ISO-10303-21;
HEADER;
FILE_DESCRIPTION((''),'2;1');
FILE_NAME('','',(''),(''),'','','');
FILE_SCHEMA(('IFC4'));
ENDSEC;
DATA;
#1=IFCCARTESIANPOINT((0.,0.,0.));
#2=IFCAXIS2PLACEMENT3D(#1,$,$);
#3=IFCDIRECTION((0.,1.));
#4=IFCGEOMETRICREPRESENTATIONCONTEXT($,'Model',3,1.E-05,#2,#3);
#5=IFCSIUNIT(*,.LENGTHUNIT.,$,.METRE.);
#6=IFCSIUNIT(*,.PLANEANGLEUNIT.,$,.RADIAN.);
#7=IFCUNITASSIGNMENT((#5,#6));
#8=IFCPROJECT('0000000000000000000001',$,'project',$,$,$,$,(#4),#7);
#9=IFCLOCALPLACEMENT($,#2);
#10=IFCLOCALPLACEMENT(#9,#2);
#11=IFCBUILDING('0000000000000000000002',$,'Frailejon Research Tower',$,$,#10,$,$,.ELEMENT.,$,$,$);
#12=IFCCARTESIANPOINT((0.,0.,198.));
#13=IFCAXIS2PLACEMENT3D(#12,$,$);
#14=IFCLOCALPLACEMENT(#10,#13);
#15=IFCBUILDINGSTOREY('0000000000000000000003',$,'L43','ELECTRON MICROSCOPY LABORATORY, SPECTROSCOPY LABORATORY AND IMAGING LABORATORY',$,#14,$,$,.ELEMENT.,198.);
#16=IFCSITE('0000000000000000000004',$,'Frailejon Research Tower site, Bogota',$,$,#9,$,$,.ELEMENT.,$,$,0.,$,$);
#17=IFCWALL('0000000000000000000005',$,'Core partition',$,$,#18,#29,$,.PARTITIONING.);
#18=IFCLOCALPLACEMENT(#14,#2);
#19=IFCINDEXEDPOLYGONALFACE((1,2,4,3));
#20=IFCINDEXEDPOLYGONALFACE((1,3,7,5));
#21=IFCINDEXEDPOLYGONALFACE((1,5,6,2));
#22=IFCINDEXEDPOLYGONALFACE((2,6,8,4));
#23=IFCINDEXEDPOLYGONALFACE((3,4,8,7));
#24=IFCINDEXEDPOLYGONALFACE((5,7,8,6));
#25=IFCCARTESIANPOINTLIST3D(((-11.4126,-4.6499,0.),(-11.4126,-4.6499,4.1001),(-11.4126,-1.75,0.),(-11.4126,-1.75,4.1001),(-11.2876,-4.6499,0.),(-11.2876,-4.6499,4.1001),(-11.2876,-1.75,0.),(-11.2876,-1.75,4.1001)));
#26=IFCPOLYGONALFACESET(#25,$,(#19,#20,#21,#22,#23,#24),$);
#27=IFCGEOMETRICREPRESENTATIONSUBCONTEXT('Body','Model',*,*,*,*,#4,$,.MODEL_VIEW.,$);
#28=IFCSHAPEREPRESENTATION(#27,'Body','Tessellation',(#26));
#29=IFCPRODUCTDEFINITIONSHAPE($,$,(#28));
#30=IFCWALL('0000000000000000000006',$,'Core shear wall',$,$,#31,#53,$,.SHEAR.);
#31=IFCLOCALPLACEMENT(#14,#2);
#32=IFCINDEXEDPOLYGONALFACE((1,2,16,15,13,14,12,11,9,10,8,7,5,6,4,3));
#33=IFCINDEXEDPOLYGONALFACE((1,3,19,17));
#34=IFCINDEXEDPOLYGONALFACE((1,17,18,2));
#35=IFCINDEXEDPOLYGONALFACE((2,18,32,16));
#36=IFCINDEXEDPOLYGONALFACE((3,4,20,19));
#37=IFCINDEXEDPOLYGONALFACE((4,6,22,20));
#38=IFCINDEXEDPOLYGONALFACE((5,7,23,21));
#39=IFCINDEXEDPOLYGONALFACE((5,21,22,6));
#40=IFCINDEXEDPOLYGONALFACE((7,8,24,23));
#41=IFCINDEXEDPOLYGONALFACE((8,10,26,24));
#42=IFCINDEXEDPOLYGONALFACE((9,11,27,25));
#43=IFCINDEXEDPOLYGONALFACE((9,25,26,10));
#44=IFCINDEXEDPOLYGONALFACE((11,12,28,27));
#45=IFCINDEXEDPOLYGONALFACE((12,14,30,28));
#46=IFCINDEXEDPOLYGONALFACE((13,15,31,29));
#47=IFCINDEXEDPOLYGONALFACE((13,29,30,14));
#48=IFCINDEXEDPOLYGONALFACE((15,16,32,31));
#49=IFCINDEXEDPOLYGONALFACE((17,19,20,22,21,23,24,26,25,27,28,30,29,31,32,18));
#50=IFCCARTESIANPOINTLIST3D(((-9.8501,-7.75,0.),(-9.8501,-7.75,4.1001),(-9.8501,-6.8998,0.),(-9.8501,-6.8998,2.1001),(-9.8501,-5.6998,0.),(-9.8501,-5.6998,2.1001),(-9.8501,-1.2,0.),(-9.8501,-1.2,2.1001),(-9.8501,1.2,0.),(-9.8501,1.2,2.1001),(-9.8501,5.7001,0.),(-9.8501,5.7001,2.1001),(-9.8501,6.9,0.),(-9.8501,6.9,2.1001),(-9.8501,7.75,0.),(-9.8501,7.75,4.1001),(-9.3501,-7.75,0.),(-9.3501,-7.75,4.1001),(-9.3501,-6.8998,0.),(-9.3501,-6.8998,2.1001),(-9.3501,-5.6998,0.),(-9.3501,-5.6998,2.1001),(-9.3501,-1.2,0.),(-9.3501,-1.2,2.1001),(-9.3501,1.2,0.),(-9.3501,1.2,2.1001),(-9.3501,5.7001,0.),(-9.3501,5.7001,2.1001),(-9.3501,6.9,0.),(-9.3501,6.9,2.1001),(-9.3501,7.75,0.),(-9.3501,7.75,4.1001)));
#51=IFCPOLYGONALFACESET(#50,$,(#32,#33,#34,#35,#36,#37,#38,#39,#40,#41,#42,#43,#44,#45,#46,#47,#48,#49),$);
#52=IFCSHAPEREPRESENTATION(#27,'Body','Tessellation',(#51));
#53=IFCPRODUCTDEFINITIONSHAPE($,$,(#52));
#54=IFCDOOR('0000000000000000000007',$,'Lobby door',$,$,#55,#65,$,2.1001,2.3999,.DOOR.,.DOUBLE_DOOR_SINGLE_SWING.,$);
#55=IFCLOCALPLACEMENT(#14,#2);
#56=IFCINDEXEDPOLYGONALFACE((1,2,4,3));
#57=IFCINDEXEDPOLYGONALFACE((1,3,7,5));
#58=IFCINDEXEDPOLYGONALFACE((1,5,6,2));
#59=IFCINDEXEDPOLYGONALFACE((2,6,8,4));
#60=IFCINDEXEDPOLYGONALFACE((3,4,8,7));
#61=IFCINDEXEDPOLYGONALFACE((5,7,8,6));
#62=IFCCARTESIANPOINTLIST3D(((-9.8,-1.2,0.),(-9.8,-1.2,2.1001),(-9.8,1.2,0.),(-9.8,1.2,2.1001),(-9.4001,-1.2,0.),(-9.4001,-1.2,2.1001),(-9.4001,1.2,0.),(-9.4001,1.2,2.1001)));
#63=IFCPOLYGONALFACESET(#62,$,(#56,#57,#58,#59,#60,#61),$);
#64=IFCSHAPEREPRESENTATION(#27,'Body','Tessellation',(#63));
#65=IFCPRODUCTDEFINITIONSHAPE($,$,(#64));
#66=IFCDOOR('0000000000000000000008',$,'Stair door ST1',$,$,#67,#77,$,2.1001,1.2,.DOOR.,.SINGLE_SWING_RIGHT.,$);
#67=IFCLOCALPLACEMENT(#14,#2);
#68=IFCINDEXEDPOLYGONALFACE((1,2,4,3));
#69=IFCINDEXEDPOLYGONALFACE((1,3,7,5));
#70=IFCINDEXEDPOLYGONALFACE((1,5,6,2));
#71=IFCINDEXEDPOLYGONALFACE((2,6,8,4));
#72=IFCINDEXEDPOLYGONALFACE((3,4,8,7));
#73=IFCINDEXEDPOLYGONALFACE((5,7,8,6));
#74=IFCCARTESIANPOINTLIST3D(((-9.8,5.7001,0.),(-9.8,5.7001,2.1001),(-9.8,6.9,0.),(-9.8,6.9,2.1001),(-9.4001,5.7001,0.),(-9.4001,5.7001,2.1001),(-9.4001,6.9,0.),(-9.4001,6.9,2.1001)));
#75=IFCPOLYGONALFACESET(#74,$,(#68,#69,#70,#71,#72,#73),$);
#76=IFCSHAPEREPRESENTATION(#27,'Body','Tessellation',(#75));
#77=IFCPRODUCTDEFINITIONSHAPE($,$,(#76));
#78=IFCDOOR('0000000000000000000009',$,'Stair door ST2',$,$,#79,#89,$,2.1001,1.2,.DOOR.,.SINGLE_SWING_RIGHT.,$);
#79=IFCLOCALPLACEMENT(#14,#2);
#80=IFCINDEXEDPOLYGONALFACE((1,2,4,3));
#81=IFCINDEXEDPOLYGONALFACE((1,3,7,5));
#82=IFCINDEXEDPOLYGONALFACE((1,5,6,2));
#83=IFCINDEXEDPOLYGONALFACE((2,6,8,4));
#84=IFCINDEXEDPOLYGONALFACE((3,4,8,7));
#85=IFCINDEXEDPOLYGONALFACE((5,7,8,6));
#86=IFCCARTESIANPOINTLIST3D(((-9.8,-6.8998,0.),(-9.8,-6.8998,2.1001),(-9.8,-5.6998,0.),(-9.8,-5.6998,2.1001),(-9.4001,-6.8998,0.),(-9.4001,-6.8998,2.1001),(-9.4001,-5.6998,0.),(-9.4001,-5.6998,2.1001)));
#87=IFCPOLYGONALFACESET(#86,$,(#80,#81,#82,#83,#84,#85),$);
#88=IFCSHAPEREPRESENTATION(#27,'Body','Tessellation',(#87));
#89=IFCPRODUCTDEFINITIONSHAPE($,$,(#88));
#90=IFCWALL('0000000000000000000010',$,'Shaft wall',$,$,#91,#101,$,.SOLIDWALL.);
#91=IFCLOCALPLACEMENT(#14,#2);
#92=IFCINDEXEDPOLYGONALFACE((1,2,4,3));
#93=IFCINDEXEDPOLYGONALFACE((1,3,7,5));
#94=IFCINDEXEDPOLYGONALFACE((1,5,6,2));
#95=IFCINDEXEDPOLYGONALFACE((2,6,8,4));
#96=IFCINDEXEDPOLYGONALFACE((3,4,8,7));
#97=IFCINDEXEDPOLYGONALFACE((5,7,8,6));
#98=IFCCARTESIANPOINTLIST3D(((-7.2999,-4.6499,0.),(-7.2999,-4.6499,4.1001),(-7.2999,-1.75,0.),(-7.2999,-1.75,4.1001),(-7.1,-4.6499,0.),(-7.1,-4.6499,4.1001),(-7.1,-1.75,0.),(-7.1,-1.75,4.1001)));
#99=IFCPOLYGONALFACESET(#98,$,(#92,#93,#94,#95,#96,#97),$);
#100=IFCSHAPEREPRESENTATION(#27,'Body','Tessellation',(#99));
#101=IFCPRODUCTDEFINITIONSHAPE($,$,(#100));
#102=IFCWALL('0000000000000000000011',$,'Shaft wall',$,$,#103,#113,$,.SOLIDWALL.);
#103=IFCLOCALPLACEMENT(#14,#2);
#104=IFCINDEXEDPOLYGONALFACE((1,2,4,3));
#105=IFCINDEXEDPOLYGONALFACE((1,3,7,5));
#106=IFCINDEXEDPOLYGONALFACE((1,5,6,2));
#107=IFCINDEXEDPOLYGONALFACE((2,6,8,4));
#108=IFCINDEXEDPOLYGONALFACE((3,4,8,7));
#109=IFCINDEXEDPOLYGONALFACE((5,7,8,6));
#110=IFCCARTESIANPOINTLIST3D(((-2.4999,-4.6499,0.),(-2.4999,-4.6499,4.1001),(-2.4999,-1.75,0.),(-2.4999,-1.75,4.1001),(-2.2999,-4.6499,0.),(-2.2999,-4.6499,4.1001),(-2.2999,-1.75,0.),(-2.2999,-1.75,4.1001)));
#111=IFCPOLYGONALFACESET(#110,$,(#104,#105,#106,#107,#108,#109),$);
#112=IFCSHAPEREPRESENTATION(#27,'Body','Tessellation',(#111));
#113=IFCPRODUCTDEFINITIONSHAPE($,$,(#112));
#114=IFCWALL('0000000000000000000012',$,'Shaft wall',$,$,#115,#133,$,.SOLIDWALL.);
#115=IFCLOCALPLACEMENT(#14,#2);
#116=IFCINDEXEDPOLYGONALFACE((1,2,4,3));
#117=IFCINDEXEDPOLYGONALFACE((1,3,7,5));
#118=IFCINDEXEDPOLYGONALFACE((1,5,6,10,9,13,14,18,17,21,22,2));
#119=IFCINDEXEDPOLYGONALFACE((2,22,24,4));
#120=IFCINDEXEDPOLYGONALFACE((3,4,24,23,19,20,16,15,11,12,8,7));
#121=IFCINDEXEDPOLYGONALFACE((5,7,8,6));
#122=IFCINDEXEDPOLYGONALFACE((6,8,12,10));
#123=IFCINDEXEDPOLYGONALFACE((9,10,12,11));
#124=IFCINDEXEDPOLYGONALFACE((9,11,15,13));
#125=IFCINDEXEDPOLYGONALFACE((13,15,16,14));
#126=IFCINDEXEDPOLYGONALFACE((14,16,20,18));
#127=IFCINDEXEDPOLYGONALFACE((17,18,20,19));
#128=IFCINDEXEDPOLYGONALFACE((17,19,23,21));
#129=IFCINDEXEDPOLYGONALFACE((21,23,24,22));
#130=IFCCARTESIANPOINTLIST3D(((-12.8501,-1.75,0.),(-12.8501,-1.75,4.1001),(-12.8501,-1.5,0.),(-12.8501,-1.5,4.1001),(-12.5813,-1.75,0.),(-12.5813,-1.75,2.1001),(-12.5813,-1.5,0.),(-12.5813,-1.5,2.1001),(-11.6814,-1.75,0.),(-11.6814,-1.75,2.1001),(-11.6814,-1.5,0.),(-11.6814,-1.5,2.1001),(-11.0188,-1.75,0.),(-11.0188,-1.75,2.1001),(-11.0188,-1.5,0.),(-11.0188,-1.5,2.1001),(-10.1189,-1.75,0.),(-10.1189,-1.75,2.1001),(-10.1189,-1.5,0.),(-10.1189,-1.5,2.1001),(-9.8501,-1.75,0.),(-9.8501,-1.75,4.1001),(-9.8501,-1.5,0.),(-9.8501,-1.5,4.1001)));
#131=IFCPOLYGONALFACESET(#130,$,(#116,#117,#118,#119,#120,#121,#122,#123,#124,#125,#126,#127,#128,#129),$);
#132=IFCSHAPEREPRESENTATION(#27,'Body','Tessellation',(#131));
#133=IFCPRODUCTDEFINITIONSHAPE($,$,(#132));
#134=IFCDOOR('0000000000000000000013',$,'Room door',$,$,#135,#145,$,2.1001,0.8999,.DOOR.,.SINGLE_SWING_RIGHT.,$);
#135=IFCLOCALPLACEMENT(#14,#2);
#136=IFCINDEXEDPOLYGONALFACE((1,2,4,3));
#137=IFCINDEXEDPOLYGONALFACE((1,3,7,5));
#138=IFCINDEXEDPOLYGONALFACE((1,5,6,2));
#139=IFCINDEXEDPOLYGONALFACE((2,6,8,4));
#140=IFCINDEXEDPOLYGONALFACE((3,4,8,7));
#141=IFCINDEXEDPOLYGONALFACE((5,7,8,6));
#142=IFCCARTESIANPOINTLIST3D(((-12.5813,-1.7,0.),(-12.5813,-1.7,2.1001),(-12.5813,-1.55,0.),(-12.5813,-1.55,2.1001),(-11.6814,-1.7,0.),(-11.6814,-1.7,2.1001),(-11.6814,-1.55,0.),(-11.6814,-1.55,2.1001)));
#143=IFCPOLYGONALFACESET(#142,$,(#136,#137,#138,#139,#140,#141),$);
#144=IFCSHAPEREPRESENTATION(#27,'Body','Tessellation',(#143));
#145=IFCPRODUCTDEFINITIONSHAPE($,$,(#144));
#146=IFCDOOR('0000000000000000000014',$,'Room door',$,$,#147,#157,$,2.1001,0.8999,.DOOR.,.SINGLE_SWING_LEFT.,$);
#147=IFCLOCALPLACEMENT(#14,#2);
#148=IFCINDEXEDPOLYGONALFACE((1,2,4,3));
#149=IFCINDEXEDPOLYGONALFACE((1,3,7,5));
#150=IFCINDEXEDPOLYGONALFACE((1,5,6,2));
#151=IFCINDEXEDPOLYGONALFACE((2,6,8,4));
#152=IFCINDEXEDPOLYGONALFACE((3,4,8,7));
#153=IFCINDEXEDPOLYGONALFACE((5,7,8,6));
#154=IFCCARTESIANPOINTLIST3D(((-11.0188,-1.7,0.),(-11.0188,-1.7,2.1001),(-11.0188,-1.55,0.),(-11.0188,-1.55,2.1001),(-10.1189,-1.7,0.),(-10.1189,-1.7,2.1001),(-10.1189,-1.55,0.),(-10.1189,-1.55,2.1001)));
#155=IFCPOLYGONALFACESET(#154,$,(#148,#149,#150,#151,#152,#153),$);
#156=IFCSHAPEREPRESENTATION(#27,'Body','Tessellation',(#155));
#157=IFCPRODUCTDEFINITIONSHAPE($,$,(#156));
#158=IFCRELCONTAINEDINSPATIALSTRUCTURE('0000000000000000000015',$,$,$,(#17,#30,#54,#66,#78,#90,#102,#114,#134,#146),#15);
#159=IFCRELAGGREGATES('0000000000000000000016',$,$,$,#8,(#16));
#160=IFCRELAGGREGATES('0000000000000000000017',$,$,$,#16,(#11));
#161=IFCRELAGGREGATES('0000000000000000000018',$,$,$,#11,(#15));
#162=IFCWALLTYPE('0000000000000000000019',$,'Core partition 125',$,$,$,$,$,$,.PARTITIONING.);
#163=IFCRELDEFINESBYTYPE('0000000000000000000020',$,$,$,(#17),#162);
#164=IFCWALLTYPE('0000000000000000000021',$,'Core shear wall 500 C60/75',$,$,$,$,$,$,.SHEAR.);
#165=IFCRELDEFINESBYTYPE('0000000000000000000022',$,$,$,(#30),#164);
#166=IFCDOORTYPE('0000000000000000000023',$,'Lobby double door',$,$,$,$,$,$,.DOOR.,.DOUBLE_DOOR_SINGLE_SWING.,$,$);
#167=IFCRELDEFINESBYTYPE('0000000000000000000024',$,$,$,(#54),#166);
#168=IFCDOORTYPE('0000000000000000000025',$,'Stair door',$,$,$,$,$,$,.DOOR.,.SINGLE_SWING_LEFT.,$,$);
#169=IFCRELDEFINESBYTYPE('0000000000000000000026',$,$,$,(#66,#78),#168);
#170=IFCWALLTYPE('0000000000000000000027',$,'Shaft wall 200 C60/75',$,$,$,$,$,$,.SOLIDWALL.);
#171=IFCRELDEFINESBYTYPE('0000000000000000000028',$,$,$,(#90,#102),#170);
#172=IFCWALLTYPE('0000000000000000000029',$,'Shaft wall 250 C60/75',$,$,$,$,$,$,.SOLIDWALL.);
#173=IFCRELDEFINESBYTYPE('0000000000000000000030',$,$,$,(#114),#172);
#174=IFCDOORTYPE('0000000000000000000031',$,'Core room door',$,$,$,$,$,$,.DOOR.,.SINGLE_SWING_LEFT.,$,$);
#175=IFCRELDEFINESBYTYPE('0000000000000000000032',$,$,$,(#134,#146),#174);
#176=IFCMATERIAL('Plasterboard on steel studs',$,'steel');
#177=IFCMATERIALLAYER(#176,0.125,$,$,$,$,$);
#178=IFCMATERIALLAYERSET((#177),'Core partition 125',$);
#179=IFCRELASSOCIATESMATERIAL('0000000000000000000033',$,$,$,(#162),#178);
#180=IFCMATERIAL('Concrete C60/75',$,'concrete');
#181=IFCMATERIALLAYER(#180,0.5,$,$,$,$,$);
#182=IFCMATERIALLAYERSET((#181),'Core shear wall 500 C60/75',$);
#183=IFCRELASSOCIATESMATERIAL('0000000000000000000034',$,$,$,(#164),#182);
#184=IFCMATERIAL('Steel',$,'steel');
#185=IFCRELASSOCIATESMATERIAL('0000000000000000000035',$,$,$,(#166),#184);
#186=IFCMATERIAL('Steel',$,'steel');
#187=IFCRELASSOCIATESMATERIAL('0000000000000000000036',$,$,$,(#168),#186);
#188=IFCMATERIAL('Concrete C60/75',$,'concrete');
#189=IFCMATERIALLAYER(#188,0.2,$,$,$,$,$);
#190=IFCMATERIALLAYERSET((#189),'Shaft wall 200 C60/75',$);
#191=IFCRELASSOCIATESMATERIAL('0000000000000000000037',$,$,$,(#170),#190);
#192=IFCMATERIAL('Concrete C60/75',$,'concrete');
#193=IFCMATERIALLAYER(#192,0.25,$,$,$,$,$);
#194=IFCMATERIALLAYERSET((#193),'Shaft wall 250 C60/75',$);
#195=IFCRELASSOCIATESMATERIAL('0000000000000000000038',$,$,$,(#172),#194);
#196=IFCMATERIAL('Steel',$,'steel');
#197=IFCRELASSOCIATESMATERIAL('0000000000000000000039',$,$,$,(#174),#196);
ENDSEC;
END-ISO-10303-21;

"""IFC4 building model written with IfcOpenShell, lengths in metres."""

from ifc_helpers import new_model, si_unit, direction, frame, frame_2d, origin, place, context, subcontext, project, spatial, rectangle, extrude, material, layer, layer_set, type_object, element, fill, save


model = new_model("IFC4")

# Units and contexts
model_context = context("Model", 3, precision=1e-05, world=origin(), true_north=direction((0.0, 1.0)))
body_context = subcontext(model_context, "Body", "Model", "MODEL_VIEW")
ifc_project = project(units=[si_unit("LENGTHUNIT", "METRE"), si_unit("PLANEANGLEUNIT", "RADIAN")], contexts=[model_context])

# Site, building, storey
site_placement = place(None, origin())
site = spatial("IfcSite", under=ifc_project, at=site_placement, Name="Frailejon Research Tower site, Bogota", CompositionType="ELEMENT", RefElevation=0.0)
building_placement = place(site_placement, origin())
building = spatial("IfcBuilding", under=site, at=building_placement, Name="Frailejon Research Tower", CompositionType="ELEMENT")
storey_placement = place(building_placement, frame((0.0, 0.0, 198.0)))
storey = spatial("IfcBuildingStorey", under=building, at=storey_placement, Name="L43", Description="ELECTRON MICROSCOPY LABORATORY, SPECTROSCOPY LABORATORY AND IMAGING LABORATORY", CompositionType="ELEMENT", Elevation=198.0)

# Wall
ifc_material_1 = material(Name="Plasterboard on steel studs", Category="steel")
ifc_layer_1 = layer(ifc_material_1, 0.125)
ifc_layer_set_1 = layer_set([ifc_layer_1], Name="Core partition 125")
wall_type_1 = type_object("IfcWallType", Name="Core partition 125", PredefinedType="PARTITIONING", material=ifc_layer_set_1)
wall_1_placement = place(storey_placement, frame((-11.3501, -4.6499, 0.0), z_axis=(0.0, 0.0, 1.0), x_axis=(0.0, 1.0, 0.0)))
element("IfcWall", 1, at=wall_1_placement, inside=storey, type_object=wall_type_1, Name="Core partition", PredefinedType="PARTITIONING", context=body_context, shape_type="SweptSolid", body=[
    extrude(rectangle(XDim=2.8999, YDim=0.125, at=frame_2d((1.45, 0.0))), origin(), (0.0, 0.0, 1.0), 4.1001),
])

# Wall, openings, doors
ifc_material_2 = material(Name="Concrete C60/75", Category="concrete")
ifc_layer_2 = layer(ifc_material_2, 0.5)
ifc_layer_set_2 = layer_set([ifc_layer_2], Name="Core shear wall 500 C60/75")
wall_type_2 = type_object("IfcWallType", Name="Core shear wall 500 C60/75", PredefinedType="SHEAR", material=ifc_layer_set_2)
wall_2_placement = place(storey_placement, frame((-9.6001, -7.75, 0.0), z_axis=(0.0, 0.0, 1.0), x_axis=(0.0, 1.0, 0.0)))
wall_2 = element("IfcWall", 2, at=wall_2_placement, inside=storey, type_object=wall_type_2, Name="Core shear wall", PredefinedType="SHEAR", context=body_context, shape_type="SweptSolid", body=[
    extrude(rectangle(XDim=15.5, YDim=0.5, at=frame_2d((7.75, 0.0))), origin(), (0.0, 0.0, 1.0), 4.1001),
])
opening_1_placement = place(wall_2_placement, frame((6.55, 0.0, 0.0)))
opening_1 = element("IfcOpeningElement", 3, at=opening_1_placement, cuts=wall_2, PredefinedType="OPENING", context=body_context, shape_type="SweptSolid", body=[
    extrude(rectangle(XDim=2.3999, YDim=2.1001, at=frame_2d((1.2, 1.05))), frame((0.0, 0.26, 0.0), z_axis=(0.0, -1.0, 0.0), x_axis=(1.0, 0.0, 0.0)), (0.0, 0.0, 1.0), 0.52),
])
opening_2_placement = place(wall_2_placement, frame((13.45, 0.0, 0.0)))
opening_2 = element("IfcOpeningElement", 4, at=opening_2_placement, cuts=wall_2, PredefinedType="OPENING", context=body_context, shape_type="SweptSolid", body=[
    extrude(rectangle(XDim=1.2, YDim=2.1001, at=frame_2d((0.6001, 1.05))), frame((0.0, 0.26, 0.0), z_axis=(0.0, -1.0, 0.0), x_axis=(1.0, 0.0, 0.0)), (0.0, 0.0, 1.0), 0.52),
])
opening_3_placement = place(wall_2_placement, frame((0.8501, 0.0, 0.0)))
opening_3 = element("IfcOpeningElement", 5, at=opening_3_placement, cuts=wall_2, PredefinedType="OPENING", context=body_context, shape_type="SweptSolid", body=[
    extrude(rectangle(XDim=1.2, YDim=2.1001, at=frame_2d((0.6001, 1.05))), frame((0.0, 0.26, 0.0), z_axis=(0.0, -1.0, 0.0), x_axis=(1.0, 0.0, 0.0)), (0.0, 0.0, 1.0), 0.52),
])
ifc_material_3 = material(Name="Steel", Category="steel")
door_type_1 = type_object("IfcDoorType", Name="Lobby double door", OperationType="DOUBLE_DOOR_SINGLE_SWING", PredefinedType="DOOR", material=ifc_material_3)
door_1_placement = place(opening_1_placement, origin())
door_1 = element("IfcDoor", 6, at=door_1_placement, inside=storey, type_object=door_type_1, Name="Lobby door", OperationType="DOUBLE_DOOR_SINGLE_SWING", OverallHeight=2.1001, OverallWidth=2.3999, PredefinedType="DOOR", context=body_context, shape_type="SweptSolid", body=[
    extrude(rectangle(XDim=2.3999, YDim=2.1001, at=frame_2d((1.2, 1.05))), frame((0.0, 0.2, 0.0), z_axis=(0.0, -1.0, 0.0), x_axis=(1.0, 0.0, 0.0)), (0.0, 0.0, 1.0), 0.3999),
])
fill(opening_1, door_1)
ifc_material_4 = material(Name="Steel", Category="steel")
door_type_2 = type_object("IfcDoorType", Name="Stair door", OperationType="SINGLE_SWING_LEFT", PredefinedType="DOOR", material=ifc_material_4)
door_2_placement = place(opening_2_placement, origin())
door_2 = element("IfcDoor", 7, at=door_2_placement, inside=storey, type_object=door_type_2, Name="Stair door ST1", OperationType="SINGLE_SWING_RIGHT", OverallHeight=2.1001, OverallWidth=1.2, PredefinedType="DOOR", context=body_context, shape_type="SweptSolid", body=[
    extrude(rectangle(XDim=1.2, YDim=2.1001, at=frame_2d((0.6001, 1.05))), frame((0.0, 0.2, 0.0), z_axis=(0.0, -1.0, 0.0), x_axis=(1.0, 0.0, 0.0)), (0.0, 0.0, 1.0), 0.3999),
])
fill(opening_2, door_2)
door_3_placement = place(opening_3_placement, origin())
door_3 = element("IfcDoor", 8, at=door_3_placement, inside=storey, type_object=door_type_2, Name="Stair door ST2", OperationType="SINGLE_SWING_RIGHT", OverallHeight=2.1001, OverallWidth=1.2, PredefinedType="DOOR", context=body_context, shape_type="SweptSolid", body=[
    extrude(rectangle(XDim=1.2, YDim=2.1001, at=frame_2d((0.6001, 1.05))), frame((0.0, 0.2, 0.0), z_axis=(0.0, -1.0, 0.0), x_axis=(1.0, 0.0, 0.0)), (0.0, 0.0, 1.0), 0.3999),
])
fill(opening_3, door_3)

# Walls
ifc_material_5 = material(Name="Concrete C60/75", Category="concrete")
ifc_layer_3 = layer(ifc_material_5, 0.2)
ifc_layer_set_3 = layer_set([ifc_layer_3], Name="Shaft wall 200 C60/75")
wall_type_3 = type_object("IfcWallType", Name="Shaft wall 200 C60/75", PredefinedType="SOLIDWALL", material=ifc_layer_set_3)
for number, where, z_axis, x_axis, name in (
    (9, (-7.2, -4.6499, 0.0), (0.0, 0.0, 1.0), (0.0, 1.0, 0.0), "Shaft wall"),
    (10, (-2.3999, -4.6499, 0.0), (0.0, 0.0, 1.0), (0.0, 1.0, 0.0), "Shaft wall"),
):
    element("IfcWall", number, at=place(storey_placement, frame(where, z_axis=z_axis, x_axis=x_axis)), inside=storey, type_object=wall_type_3, Name=name, PredefinedType="SOLIDWALL", context=body_context, shape_type="SweptSolid", body=[
        extrude(rectangle(XDim=2.8999, YDim=0.2, at=frame_2d((1.45, 0.0))), origin(), (0.0, 0.0, 1.0), 4.1001),
    ])

# Wall, openings, doors
ifc_material_6 = material(Name="Concrete C60/75", Category="concrete")
ifc_layer_4 = layer(ifc_material_6, 0.25)
ifc_layer_set_4 = layer_set([ifc_layer_4], Name="Shaft wall 250 C60/75")
wall_type_4 = type_object("IfcWallType", Name="Shaft wall 250 C60/75", PredefinedType="SOLIDWALL", material=ifc_layer_set_4)
wall_3_placement = place(storey_placement, frame((-12.8501, -1.625, 0.0), z_axis=(0.0, 0.0, 1.0), x_axis=(1.0, 0.0, 0.0)))
wall_3 = element("IfcWall", 11, at=wall_3_placement, inside=storey, type_object=wall_type_4, Name="Shaft wall", PredefinedType="SOLIDWALL", context=body_context, shape_type="SweptSolid", body=[
    extrude(rectangle(XDim=3.0, YDim=0.25, at=frame_2d((1.5, 0.0))), origin(), (0.0, 0.0, 1.0), 4.1001),
])
opening_4_placement = place(wall_3_placement, frame((0.2688, 0.0, 0.0)))
opening_4 = element("IfcOpeningElement", 12, at=opening_4_placement, cuts=wall_3, PredefinedType="OPENING", context=body_context, shape_type="SweptSolid", body=[
    extrude(rectangle(XDim=0.8999, YDim=2.1001, at=frame_2d((0.45, 1.05))), frame((0.0, 0.135, 0.0), z_axis=(0.0, -1.0, 0.0), x_axis=(1.0, 0.0, 0.0)), (0.0, 0.0, 1.0), 0.27),
])
opening_5_placement = place(wall_3_placement, frame((1.8313, 0.0, 0.0)))
opening_5 = element("IfcOpeningElement", 13, at=opening_5_placement, cuts=wall_3, PredefinedType="OPENING", context=body_context, shape_type="SweptSolid", body=[
    extrude(rectangle(XDim=0.8999, YDim=2.1001, at=frame_2d((0.45, 1.05))), frame((0.0, 0.135, 0.0), z_axis=(0.0, -1.0, 0.0), x_axis=(1.0, 0.0, 0.0)), (0.0, 0.0, 1.0), 0.27),
])
ifc_material_7 = material(Name="Steel", Category="steel")
door_type_3 = type_object("IfcDoorType", Name="Core room door", OperationType="SINGLE_SWING_LEFT", PredefinedType="DOOR", material=ifc_material_7)
door_4_placement = place(opening_4_placement, origin())
door_4 = element("IfcDoor", 14, at=door_4_placement, inside=storey, type_object=door_type_3, Name="Room door", OperationType="SINGLE_SWING_RIGHT", OverallHeight=2.1001, OverallWidth=0.8999, PredefinedType="DOOR", context=body_context, shape_type="SweptSolid", body=[
    extrude(rectangle(XDim=0.8999, YDim=2.1001, at=frame_2d((0.45, 1.05))), frame((0.0, 0.075, 0.0), z_axis=(0.0, -1.0, 0.0), x_axis=(1.0, 0.0, 0.0)), (0.0, 0.0, 1.0), 0.1499),
])
fill(opening_4, door_4)
door_5_placement = place(opening_5_placement, origin())
door_5 = element("IfcDoor", 15, at=door_5_placement, inside=storey, type_object=door_type_3, Name="Room door", OperationType="SINGLE_SWING_LEFT", OverallHeight=2.1001, OverallWidth=0.8999, PredefinedType="DOOR", context=body_context, shape_type="SweptSolid", body=[
    extrude(rectangle(XDim=0.8999, YDim=2.1001, at=frame_2d((0.45, 1.05))), frame((0.0, 0.075, 0.0), z_axis=(0.0, -1.0, 0.0), x_axis=(1.0, 0.0, 0.0)), (0.0, 0.0, 1.0), 0.1499),
])
fill(opening_5, door_5)

save(model, "model.ifc")
